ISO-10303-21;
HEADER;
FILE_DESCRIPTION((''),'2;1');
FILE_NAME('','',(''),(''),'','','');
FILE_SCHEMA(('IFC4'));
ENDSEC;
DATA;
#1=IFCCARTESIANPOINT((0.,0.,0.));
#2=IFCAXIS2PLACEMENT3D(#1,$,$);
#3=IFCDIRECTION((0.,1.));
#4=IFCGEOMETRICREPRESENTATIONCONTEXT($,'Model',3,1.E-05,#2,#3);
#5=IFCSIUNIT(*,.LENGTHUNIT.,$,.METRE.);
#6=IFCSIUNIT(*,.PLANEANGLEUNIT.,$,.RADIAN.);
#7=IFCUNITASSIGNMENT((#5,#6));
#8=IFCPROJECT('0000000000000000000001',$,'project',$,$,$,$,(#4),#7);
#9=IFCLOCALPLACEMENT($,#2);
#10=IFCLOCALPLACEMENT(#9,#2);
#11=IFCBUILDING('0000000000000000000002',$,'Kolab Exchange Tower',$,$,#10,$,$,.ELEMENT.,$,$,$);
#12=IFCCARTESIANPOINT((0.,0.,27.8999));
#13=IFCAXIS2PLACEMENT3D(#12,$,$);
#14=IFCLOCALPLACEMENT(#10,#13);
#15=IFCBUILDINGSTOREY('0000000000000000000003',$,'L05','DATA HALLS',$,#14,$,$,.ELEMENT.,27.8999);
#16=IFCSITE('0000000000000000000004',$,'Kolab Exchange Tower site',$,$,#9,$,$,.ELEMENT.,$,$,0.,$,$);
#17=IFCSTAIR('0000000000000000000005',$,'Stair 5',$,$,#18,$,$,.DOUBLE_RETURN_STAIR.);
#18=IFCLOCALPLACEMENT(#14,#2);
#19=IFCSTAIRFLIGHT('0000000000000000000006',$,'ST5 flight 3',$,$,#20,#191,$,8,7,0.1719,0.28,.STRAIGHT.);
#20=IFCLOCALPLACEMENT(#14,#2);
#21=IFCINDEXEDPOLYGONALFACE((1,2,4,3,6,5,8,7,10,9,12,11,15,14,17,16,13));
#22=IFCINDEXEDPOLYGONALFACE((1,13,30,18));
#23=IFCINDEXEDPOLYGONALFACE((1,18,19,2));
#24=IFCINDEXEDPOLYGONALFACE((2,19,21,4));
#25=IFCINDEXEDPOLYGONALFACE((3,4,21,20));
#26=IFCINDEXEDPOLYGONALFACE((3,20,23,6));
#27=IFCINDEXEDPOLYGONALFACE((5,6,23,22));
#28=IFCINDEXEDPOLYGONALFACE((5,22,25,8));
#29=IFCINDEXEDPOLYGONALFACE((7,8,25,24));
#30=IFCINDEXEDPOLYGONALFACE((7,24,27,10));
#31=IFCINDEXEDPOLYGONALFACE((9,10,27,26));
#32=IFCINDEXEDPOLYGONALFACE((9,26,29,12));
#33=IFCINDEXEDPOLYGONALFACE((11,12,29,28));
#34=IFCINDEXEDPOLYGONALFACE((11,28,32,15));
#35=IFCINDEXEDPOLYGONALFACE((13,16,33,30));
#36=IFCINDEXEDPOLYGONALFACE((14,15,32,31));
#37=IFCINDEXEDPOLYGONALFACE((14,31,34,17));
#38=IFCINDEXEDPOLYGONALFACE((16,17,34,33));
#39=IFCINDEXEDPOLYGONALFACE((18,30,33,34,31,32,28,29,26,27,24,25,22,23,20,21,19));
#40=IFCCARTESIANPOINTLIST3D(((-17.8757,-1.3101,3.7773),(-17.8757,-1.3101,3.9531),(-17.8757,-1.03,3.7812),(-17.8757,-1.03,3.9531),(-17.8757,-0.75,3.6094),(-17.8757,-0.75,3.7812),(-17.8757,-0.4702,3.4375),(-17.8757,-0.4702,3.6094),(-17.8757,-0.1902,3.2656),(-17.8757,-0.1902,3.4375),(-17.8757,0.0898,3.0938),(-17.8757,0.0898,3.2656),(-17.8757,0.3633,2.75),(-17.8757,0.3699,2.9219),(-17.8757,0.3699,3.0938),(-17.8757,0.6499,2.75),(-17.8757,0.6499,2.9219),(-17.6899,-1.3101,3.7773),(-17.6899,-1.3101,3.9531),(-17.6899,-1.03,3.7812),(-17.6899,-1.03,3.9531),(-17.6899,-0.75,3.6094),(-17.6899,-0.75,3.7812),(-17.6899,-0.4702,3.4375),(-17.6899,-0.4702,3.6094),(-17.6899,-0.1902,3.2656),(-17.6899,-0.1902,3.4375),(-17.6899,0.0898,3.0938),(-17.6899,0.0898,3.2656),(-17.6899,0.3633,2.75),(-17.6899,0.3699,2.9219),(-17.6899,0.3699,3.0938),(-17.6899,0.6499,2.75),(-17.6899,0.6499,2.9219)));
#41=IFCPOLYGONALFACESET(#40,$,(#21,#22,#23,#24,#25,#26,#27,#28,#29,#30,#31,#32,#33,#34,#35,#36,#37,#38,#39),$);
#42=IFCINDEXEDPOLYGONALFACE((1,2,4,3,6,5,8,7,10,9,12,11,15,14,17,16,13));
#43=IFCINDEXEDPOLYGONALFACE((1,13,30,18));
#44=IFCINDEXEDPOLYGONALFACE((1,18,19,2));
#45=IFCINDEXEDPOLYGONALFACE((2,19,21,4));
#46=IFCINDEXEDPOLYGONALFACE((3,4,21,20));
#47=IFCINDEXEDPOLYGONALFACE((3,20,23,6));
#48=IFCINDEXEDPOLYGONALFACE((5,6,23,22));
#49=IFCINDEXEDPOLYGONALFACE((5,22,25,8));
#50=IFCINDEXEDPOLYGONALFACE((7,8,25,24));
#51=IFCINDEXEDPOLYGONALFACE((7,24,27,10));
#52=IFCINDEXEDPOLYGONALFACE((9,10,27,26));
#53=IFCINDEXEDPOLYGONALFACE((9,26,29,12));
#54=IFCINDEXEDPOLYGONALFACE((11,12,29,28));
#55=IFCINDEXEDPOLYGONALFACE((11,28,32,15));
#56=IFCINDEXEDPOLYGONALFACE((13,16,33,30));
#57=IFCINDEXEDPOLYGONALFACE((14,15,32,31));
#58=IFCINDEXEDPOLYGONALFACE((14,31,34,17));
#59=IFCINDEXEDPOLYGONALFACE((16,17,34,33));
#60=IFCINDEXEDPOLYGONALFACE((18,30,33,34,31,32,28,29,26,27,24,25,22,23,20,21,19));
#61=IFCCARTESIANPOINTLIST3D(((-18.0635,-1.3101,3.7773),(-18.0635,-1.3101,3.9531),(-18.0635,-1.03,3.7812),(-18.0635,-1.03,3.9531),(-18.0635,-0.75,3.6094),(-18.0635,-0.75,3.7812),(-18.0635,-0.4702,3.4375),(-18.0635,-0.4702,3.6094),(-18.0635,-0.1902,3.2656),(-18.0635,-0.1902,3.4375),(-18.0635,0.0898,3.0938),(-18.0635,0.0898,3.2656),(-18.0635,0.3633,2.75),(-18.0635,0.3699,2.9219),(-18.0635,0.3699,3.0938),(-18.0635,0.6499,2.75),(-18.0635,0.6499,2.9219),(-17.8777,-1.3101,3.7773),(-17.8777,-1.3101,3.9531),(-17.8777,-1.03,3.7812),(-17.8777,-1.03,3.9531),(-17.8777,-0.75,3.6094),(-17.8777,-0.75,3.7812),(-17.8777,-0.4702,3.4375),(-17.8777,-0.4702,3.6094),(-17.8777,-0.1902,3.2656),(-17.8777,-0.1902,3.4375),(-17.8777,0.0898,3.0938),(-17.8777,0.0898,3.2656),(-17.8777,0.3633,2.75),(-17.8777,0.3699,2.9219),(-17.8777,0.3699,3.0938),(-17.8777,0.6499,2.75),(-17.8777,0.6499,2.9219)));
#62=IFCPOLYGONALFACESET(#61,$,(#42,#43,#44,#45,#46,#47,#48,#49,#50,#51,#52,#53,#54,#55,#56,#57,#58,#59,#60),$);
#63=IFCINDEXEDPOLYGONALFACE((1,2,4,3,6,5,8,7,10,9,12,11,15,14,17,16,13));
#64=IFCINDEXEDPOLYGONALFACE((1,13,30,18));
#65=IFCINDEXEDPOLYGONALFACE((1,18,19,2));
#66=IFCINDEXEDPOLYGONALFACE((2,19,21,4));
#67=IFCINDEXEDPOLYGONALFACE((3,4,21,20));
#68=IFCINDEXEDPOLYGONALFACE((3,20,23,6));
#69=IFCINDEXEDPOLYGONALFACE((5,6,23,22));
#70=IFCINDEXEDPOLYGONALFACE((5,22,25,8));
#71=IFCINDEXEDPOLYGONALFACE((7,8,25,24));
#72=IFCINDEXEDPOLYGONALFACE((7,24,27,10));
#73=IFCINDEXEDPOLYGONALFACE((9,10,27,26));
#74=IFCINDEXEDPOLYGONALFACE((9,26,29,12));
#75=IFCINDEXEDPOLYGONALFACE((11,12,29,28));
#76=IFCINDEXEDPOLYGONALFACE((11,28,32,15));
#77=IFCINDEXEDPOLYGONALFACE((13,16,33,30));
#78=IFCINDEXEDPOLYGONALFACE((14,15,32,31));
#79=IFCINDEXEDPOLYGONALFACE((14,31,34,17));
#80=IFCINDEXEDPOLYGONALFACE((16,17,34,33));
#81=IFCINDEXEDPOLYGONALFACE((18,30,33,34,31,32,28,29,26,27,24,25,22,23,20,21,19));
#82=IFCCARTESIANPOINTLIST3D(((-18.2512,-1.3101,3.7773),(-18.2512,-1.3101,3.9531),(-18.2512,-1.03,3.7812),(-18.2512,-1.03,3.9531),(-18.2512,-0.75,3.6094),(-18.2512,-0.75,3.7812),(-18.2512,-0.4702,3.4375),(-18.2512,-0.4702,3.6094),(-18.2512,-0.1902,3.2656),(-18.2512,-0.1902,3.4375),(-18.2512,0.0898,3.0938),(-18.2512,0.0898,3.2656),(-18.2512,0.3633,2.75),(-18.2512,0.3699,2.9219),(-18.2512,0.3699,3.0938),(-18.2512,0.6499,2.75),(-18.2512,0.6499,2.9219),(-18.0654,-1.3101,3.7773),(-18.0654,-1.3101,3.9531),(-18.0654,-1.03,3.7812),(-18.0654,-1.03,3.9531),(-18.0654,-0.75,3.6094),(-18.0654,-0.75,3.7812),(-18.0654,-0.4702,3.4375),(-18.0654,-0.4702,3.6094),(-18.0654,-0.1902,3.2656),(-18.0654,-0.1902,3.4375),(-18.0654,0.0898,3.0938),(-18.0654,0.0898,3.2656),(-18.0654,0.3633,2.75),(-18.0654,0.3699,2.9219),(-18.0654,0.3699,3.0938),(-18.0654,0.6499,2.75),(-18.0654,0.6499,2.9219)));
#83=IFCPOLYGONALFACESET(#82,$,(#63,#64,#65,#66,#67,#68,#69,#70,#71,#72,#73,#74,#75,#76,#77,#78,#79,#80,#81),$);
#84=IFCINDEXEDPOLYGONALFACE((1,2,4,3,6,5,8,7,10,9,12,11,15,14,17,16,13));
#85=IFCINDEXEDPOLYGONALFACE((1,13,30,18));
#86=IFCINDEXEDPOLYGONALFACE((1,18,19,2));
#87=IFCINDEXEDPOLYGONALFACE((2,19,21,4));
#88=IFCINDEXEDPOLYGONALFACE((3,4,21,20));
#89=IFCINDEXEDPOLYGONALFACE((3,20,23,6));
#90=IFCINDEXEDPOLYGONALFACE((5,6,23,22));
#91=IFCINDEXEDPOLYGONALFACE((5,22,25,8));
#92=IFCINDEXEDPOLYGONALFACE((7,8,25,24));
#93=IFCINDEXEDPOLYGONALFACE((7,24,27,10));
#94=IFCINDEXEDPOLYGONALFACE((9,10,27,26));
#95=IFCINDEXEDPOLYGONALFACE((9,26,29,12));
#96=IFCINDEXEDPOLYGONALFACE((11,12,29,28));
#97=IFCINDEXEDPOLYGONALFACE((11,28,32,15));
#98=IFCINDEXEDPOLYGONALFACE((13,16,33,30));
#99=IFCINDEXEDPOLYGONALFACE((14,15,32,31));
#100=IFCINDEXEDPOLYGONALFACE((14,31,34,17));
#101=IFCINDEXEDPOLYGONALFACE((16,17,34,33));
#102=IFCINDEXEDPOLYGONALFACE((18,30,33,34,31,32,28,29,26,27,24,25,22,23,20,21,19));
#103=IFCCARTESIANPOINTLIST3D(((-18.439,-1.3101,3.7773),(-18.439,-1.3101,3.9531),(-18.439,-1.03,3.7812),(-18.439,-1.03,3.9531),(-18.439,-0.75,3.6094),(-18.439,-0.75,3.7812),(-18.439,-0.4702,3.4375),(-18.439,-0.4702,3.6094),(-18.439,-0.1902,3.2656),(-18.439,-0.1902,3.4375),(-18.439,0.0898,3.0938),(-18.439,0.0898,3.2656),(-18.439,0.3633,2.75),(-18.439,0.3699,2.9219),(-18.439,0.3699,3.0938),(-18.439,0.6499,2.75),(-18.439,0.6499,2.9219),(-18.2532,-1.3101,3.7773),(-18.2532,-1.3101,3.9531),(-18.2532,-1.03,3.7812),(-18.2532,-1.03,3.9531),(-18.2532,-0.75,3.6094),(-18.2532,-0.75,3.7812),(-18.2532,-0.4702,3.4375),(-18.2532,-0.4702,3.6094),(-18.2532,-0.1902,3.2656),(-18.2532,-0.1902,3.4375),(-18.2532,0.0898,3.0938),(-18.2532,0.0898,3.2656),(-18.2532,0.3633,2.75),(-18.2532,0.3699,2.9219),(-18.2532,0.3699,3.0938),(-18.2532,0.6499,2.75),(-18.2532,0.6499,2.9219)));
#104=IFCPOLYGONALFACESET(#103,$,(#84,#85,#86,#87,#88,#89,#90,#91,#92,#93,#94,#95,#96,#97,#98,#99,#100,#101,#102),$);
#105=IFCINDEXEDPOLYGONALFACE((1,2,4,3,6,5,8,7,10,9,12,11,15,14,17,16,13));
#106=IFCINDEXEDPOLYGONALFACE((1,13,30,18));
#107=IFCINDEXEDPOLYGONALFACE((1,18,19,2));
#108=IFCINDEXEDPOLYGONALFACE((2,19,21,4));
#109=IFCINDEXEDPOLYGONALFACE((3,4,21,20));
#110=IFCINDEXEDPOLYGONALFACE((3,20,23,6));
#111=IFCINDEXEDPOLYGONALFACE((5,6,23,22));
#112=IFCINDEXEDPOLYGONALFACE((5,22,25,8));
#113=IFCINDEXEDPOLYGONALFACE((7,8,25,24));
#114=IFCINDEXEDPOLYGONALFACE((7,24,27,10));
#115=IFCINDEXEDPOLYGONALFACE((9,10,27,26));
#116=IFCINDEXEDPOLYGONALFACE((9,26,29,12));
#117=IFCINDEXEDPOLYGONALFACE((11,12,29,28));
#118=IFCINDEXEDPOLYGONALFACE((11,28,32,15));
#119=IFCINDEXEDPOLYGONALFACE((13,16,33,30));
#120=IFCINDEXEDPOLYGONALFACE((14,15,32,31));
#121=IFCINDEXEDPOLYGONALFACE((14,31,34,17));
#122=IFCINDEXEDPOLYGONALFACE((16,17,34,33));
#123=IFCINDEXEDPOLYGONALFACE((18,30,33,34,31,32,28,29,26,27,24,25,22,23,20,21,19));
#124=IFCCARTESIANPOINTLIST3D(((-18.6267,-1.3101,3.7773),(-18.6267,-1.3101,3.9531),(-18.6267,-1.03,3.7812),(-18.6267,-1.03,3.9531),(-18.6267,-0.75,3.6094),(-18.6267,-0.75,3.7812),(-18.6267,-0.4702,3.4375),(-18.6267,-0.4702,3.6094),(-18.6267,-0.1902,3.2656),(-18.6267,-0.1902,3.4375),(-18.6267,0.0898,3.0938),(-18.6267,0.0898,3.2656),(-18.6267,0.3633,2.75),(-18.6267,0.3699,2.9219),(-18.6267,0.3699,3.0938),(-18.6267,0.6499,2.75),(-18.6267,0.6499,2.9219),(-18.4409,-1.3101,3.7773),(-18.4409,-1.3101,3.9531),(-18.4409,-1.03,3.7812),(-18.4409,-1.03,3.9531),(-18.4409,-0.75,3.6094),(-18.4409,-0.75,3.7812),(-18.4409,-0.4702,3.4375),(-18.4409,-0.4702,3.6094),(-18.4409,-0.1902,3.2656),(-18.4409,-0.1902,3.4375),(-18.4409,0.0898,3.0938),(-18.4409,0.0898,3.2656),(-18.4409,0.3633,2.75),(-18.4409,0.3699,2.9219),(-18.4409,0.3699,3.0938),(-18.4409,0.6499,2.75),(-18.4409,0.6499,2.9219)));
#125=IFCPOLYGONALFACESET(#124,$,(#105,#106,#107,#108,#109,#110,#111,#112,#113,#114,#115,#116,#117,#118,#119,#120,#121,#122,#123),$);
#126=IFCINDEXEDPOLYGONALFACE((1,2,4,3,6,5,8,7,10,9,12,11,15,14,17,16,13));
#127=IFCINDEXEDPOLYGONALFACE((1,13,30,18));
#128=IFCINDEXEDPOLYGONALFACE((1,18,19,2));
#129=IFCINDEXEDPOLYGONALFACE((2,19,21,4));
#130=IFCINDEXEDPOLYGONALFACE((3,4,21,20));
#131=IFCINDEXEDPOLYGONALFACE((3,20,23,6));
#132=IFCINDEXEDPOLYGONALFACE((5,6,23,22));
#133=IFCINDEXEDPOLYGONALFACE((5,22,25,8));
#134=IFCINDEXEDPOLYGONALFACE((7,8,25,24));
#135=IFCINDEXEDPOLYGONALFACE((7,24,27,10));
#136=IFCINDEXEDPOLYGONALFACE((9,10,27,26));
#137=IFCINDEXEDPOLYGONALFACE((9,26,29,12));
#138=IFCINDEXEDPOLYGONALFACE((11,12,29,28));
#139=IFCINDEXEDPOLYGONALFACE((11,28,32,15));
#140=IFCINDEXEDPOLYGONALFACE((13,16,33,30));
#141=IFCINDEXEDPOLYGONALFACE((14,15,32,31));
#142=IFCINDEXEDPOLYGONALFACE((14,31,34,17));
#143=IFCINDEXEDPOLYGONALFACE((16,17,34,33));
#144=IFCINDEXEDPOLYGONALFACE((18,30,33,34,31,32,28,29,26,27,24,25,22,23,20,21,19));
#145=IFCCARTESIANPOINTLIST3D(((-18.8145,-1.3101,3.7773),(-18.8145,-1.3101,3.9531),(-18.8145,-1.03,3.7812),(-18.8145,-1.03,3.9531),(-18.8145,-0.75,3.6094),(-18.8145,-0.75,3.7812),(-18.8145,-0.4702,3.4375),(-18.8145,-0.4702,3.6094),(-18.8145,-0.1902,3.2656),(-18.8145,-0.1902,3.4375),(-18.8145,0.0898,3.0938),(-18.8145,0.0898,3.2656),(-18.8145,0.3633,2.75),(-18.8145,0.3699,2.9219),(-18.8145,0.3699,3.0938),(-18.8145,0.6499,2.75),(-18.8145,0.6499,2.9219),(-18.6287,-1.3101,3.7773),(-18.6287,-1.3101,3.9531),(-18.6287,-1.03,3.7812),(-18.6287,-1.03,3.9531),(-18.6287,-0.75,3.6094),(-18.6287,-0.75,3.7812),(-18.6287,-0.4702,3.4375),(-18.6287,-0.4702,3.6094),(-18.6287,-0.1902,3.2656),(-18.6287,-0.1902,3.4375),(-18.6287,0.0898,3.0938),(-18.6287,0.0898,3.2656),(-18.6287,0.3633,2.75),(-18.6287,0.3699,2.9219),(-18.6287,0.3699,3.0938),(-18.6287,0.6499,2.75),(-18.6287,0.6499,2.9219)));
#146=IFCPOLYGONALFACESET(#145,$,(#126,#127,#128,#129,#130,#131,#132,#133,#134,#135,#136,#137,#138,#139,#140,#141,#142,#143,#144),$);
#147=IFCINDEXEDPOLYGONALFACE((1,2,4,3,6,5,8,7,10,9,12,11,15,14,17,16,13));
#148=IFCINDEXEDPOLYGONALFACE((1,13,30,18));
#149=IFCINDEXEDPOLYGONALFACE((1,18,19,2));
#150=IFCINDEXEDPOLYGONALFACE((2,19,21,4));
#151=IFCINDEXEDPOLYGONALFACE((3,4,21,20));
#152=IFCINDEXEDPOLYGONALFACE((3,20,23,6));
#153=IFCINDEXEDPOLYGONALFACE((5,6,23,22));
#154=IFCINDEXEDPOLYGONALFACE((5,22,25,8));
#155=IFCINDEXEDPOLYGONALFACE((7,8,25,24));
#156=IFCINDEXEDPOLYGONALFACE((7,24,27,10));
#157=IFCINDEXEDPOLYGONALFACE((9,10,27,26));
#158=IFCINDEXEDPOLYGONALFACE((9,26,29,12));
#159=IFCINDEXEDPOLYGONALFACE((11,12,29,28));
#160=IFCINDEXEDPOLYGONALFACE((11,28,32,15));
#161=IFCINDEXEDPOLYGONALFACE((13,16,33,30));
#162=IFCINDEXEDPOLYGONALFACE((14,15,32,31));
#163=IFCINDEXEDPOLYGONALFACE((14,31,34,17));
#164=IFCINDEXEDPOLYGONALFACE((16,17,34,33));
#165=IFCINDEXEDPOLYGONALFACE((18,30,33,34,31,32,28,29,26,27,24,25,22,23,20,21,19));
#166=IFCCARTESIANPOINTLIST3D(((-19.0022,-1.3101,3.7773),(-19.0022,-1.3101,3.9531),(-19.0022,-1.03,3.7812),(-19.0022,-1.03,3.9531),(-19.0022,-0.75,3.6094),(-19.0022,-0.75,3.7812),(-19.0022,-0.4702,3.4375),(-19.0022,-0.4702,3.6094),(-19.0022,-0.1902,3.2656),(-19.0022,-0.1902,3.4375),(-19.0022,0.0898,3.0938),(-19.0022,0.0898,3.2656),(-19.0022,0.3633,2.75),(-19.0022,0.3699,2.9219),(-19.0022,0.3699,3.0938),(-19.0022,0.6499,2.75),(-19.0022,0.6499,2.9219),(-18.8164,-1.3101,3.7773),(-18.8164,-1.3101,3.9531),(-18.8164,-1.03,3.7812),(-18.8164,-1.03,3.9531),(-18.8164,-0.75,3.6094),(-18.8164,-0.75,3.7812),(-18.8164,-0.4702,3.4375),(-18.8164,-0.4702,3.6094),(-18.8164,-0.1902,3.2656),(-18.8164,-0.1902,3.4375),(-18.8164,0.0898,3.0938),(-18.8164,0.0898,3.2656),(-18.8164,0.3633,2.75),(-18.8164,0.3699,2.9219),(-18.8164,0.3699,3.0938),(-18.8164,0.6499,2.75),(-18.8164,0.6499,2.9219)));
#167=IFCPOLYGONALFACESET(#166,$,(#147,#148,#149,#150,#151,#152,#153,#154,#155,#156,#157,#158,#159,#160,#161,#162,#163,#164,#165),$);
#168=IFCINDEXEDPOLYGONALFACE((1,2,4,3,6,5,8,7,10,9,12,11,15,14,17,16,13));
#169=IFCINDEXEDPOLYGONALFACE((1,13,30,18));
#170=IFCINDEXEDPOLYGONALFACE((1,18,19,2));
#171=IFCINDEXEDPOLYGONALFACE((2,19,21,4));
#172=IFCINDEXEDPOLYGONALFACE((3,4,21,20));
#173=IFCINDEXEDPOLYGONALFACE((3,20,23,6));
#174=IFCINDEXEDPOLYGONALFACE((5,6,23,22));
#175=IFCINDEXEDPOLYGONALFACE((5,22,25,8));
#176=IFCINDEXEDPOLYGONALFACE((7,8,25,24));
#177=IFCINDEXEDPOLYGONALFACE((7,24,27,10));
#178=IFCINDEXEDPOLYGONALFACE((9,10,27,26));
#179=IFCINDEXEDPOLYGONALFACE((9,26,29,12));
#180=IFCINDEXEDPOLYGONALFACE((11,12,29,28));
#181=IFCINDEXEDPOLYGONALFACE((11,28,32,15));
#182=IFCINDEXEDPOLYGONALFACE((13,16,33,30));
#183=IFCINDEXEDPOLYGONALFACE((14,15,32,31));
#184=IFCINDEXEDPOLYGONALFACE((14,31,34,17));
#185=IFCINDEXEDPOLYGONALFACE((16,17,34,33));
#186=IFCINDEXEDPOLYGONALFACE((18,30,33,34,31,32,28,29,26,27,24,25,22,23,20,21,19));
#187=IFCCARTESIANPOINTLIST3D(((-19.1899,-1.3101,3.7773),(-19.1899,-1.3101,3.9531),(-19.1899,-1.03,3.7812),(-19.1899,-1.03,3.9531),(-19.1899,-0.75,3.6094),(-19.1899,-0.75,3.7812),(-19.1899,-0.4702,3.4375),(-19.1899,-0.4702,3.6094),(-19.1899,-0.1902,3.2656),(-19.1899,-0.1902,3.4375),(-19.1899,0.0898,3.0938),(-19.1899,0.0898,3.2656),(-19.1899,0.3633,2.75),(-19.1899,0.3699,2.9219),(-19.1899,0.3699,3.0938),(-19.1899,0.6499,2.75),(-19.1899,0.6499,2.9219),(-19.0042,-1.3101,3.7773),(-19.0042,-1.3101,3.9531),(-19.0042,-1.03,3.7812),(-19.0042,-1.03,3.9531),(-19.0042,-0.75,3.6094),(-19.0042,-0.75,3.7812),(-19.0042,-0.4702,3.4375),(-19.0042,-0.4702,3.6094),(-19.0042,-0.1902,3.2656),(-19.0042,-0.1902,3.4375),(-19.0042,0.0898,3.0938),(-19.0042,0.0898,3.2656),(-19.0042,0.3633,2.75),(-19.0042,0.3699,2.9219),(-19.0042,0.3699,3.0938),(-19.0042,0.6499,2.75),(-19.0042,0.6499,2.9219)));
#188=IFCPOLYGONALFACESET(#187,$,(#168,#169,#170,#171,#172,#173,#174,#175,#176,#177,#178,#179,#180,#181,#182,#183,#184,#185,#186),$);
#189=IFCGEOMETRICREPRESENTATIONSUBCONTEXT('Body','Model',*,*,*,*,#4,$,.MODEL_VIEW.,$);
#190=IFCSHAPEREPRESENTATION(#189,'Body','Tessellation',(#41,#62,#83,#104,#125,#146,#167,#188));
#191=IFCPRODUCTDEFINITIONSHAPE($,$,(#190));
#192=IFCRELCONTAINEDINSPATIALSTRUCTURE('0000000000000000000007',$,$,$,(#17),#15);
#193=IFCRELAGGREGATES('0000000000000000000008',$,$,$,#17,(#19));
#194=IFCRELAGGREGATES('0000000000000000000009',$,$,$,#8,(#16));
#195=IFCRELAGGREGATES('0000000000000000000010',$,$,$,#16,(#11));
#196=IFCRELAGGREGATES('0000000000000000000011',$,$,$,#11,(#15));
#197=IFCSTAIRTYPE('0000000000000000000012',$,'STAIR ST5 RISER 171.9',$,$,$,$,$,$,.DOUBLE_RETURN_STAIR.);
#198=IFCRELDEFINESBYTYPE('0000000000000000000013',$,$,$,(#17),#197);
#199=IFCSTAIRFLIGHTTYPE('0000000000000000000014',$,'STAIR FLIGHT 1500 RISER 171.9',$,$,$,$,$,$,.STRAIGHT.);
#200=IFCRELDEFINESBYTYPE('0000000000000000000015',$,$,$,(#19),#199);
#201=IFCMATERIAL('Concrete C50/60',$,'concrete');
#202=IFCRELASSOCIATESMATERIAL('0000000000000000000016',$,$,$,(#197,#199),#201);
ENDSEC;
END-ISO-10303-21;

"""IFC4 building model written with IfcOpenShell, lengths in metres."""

from ifc_helpers import new_model, si_unit, direction, frame, origin, place, context, subcontext, project, spatial, polyline, outline, extrude, material, type_object, element, aggregate, save


model = new_model("IFC4")

# Units and contexts
model_context = context("Model", 3, precision=1e-05, world=origin(), true_north=direction((0.0, 1.0)))
body_context = subcontext(model_context, "Body", "Model", "MODEL_VIEW")
ifc_project = project(units=[si_unit("LENGTHUNIT", "METRE"), si_unit("PLANEANGLEUNIT", "RADIAN")], contexts=[model_context])

# Site, building, storey
site_placement = place(None, origin())
site = spatial("IfcSite", under=ifc_project, at=site_placement, Name="Kolab Exchange Tower site", CompositionType="ELEMENT", RefElevation=0.0)
building_placement = place(site_placement, origin())
building = spatial("IfcBuilding", under=site, at=building_placement, Name="Kolab Exchange Tower", CompositionType="ELEMENT")
storey_placement = place(building_placement, frame((0.0, 0.0, 27.8999)))
storey = spatial("IfcBuildingStorey", under=building, at=storey_placement, Name="L05", Description="DATA HALLS", CompositionType="ELEMENT", Elevation=27.8999)

# Shared definitions
ifc_material_1 = material(Name="Concrete C50/60", Category="concrete")

# Stair, stair flight
stair_type = type_object("IfcStairType", Name="STAIR ST5 RISER 171.9", PredefinedType="DOUBLE_RETURN_STAIR", material=ifc_material_1)
stair_placement = place(storey_placement, origin())
stair = element("IfcStair", 1, at=stair_placement, inside=storey, type_object=stair_type, Name="Stair 5", PredefinedType="DOUBLE_RETURN_STAIR")
stair_flight_type = type_object("IfcStairFlightType", Name="STAIR FLIGHT 1500 RISER 171.9", PredefinedType="STRAIGHT", material=ifc_material_1)
stair_flight_1_placement = place(storey_placement, frame((-18.4399, 0.6499, 2.75), z_axis=(0.0, 0.0, 1.0), x_axis=(0.0, -1.0, 0.0)))
stair_flight_1 = element("IfcStairFlight", 2, at=stair_flight_1_placement, type_object=stair_flight_type, Name="ST5 flight 3", NumberOfRisers=8, NumberOfTreads=7, PredefinedType="STRAIGHT", RiserHeight=0.1719, TreadLength=0.28, context=body_context, shape_type="SweptSolid", body=[
    extrude(outline(polyline([(0.0, 0.0), (0.0, 0.1719), (0.28, 0.1719), (0.28, 0.3438), (0.5601, 0.3438), (0.5601, 0.5156), (0.8401, 0.5156), (0.8401, 0.6875), (1.1201, 0.6875), (1.1201, 0.8594), (1.3999, 0.8594), (1.3999, 1.0312), (1.6799, 1.0312), (1.6799, 1.2031), (1.96, 1.2031), (1.96, 1.375), (1.96, 1.0273), (0.2866, 0.0), (0.0, 0.0)])), frame((0.0, 0.75, 0.0), z_axis=(0.0, -1.0, 0.0), x_axis=(1.0, 0.0, 0.0)), (0.0, 0.0, 1.0), 0.1858),
    extrude(outline(polyline([(0.0, 0.0), (0.0, 0.1719), (0.28, 0.1719), (0.28, 0.3438), (0.5601, 0.3438), (0.5601, 0.5156), (0.8401, 0.5156), (0.8401, 0.6875), (1.1201, 0.6875), (1.1201, 0.8594), (1.3999, 0.8594), (1.3999, 1.0312), (1.6799, 1.0312), (1.6799, 1.2031), (1.96, 1.2031), (1.96, 1.375), (1.96, 1.0273), (0.2866, 0.0), (0.0, 0.0)])), frame((0.0, 0.5623, 0.0), z_axis=(0.0, -1.0, 0.0), x_axis=(1.0, 0.0, 0.0)), (0.0, 0.0, 1.0), 0.1858),
    extrude(outline(polyline([(0.0, 0.0), (0.0, 0.1719), (0.28, 0.1719), (0.28, 0.3438), (0.5601, 0.3438), (0.5601, 0.5156), (0.8401, 0.5156), (0.8401, 0.6875), (1.1201, 0.6875), (1.1201, 0.8594), (1.3999, 0.8594), (1.3999, 1.0312), (1.6799, 1.0312), (1.6799, 1.2031), (1.96, 1.2031), (1.96, 1.375), (1.96, 1.0273), (0.2866, 0.0), (0.0, 0.0)])), frame((0.0, 0.3745, 0.0), z_axis=(0.0, -1.0, 0.0), x_axis=(1.0, 0.0, 0.0)), (0.0, 0.0, 1.0), 0.1858),
    extrude(outline(polyline([(0.0, 0.0), (0.0, 0.1719), (0.28, 0.1719), (0.28, 0.3438), (0.5601, 0.3438), (0.5601, 0.5156), (0.8401, 0.5156), (0.8401, 0.6875), (1.1201, 0.6875), (1.1201, 0.8594), (1.3999, 0.8594), (1.3999, 1.0312), (1.6799, 1.0312), (1.6799, 1.2031), (1.96, 1.2031), (1.96, 1.375), (1.96, 1.0273), (0.2866, 0.0), (0.0, 0.0)])), frame((0.0, 0.1868, 0.0), z_axis=(0.0, -1.0, 0.0), x_axis=(1.0, 0.0, 0.0)), (0.0, 0.0, 1.0), 0.1858),
    extrude(outline(polyline([(0.0, 0.0), (0.0, 0.1719), (0.28, 0.1719), (0.28, 0.3438), (0.5601, 0.3438), (0.5601, 0.5156), (0.8401, 0.5156), (0.8401, 0.6875), (1.1201, 0.6875), (1.1201, 0.8594), (1.3999, 0.8594), (1.3999, 1.0312), (1.6799, 1.0312), (1.6799, 1.2031), (1.96, 1.2031), (1.96, 1.375), (1.96, 1.0273), (0.2866, 0.0), (0.0, 0.0)])), frame((0.0, -0.001, 0.0), z_axis=(0.0, -1.0, 0.0), x_axis=(1.0, 0.0, 0.0)), (0.0, 0.0, 1.0), 0.1858),
    extrude(outline(polyline([(0.0, 0.0), (0.0, 0.1719), (0.28, 0.1719), (0.28, 0.3438), (0.5601, 0.3438), (0.5601, 0.5156), (0.8401, 0.5156), (0.8401, 0.6875), (1.1201, 0.6875), (1.1201, 0.8594), (1.3999, 0.8594), (1.3999, 1.0312), (1.6799, 1.0312), (1.6799, 1.2031), (1.96, 1.2031), (1.96, 1.375), (1.96, 1.0273), (0.2866, 0.0), (0.0, 0.0)])), frame((0.0, -0.1887, 0.0), z_axis=(0.0, -1.0, 0.0), x_axis=(1.0, 0.0, 0.0)), (0.0, 0.0, 1.0), 0.1858),
    extrude(outline(polyline([(0.0, 0.0), (0.0, 0.1719), (0.28, 0.1719), (0.28, 0.3438), (0.5601, 0.3438), (0.5601, 0.5156), (0.8401, 0.5156), (0.8401, 0.6875), (1.1201, 0.6875), (1.1201, 0.8594), (1.3999, 0.8594), (1.3999, 1.0312), (1.6799, 1.0312), (1.6799, 1.2031), (1.96, 1.2031), (1.96, 1.375), (1.96, 1.0273), (0.2866, 0.0), (0.0, 0.0)])), frame((0.0, -0.3765, 0.0), z_axis=(0.0, -1.0, 0.0), x_axis=(1.0, 0.0, 0.0)), (0.0, 0.0, 1.0), 0.1858),
    extrude(outline(polyline([(0.0, 0.0), (0.0, 0.1719), (0.28, 0.1719), (0.28, 0.3438), (0.5601, 0.3438), (0.5601, 0.5156), (0.8401, 0.5156), (0.8401, 0.6875), (1.1201, 0.6875), (1.1201, 0.8594), (1.3999, 0.8594), (1.3999, 1.0312), (1.6799, 1.0312), (1.6799, 1.2031), (1.96, 1.2031), (1.96, 1.375), (1.96, 1.0273), (0.2866, 0.0), (0.0, 0.0)])), frame((0.0, -0.5642, 0.0), z_axis=(0.0, -1.0, 0.0), x_axis=(1.0, 0.0, 0.0)), (0.0, 0.0, 1.0), 0.1858),
])
aggregate(stair, [stair_flight_1])

save(model, "model.ifc")
